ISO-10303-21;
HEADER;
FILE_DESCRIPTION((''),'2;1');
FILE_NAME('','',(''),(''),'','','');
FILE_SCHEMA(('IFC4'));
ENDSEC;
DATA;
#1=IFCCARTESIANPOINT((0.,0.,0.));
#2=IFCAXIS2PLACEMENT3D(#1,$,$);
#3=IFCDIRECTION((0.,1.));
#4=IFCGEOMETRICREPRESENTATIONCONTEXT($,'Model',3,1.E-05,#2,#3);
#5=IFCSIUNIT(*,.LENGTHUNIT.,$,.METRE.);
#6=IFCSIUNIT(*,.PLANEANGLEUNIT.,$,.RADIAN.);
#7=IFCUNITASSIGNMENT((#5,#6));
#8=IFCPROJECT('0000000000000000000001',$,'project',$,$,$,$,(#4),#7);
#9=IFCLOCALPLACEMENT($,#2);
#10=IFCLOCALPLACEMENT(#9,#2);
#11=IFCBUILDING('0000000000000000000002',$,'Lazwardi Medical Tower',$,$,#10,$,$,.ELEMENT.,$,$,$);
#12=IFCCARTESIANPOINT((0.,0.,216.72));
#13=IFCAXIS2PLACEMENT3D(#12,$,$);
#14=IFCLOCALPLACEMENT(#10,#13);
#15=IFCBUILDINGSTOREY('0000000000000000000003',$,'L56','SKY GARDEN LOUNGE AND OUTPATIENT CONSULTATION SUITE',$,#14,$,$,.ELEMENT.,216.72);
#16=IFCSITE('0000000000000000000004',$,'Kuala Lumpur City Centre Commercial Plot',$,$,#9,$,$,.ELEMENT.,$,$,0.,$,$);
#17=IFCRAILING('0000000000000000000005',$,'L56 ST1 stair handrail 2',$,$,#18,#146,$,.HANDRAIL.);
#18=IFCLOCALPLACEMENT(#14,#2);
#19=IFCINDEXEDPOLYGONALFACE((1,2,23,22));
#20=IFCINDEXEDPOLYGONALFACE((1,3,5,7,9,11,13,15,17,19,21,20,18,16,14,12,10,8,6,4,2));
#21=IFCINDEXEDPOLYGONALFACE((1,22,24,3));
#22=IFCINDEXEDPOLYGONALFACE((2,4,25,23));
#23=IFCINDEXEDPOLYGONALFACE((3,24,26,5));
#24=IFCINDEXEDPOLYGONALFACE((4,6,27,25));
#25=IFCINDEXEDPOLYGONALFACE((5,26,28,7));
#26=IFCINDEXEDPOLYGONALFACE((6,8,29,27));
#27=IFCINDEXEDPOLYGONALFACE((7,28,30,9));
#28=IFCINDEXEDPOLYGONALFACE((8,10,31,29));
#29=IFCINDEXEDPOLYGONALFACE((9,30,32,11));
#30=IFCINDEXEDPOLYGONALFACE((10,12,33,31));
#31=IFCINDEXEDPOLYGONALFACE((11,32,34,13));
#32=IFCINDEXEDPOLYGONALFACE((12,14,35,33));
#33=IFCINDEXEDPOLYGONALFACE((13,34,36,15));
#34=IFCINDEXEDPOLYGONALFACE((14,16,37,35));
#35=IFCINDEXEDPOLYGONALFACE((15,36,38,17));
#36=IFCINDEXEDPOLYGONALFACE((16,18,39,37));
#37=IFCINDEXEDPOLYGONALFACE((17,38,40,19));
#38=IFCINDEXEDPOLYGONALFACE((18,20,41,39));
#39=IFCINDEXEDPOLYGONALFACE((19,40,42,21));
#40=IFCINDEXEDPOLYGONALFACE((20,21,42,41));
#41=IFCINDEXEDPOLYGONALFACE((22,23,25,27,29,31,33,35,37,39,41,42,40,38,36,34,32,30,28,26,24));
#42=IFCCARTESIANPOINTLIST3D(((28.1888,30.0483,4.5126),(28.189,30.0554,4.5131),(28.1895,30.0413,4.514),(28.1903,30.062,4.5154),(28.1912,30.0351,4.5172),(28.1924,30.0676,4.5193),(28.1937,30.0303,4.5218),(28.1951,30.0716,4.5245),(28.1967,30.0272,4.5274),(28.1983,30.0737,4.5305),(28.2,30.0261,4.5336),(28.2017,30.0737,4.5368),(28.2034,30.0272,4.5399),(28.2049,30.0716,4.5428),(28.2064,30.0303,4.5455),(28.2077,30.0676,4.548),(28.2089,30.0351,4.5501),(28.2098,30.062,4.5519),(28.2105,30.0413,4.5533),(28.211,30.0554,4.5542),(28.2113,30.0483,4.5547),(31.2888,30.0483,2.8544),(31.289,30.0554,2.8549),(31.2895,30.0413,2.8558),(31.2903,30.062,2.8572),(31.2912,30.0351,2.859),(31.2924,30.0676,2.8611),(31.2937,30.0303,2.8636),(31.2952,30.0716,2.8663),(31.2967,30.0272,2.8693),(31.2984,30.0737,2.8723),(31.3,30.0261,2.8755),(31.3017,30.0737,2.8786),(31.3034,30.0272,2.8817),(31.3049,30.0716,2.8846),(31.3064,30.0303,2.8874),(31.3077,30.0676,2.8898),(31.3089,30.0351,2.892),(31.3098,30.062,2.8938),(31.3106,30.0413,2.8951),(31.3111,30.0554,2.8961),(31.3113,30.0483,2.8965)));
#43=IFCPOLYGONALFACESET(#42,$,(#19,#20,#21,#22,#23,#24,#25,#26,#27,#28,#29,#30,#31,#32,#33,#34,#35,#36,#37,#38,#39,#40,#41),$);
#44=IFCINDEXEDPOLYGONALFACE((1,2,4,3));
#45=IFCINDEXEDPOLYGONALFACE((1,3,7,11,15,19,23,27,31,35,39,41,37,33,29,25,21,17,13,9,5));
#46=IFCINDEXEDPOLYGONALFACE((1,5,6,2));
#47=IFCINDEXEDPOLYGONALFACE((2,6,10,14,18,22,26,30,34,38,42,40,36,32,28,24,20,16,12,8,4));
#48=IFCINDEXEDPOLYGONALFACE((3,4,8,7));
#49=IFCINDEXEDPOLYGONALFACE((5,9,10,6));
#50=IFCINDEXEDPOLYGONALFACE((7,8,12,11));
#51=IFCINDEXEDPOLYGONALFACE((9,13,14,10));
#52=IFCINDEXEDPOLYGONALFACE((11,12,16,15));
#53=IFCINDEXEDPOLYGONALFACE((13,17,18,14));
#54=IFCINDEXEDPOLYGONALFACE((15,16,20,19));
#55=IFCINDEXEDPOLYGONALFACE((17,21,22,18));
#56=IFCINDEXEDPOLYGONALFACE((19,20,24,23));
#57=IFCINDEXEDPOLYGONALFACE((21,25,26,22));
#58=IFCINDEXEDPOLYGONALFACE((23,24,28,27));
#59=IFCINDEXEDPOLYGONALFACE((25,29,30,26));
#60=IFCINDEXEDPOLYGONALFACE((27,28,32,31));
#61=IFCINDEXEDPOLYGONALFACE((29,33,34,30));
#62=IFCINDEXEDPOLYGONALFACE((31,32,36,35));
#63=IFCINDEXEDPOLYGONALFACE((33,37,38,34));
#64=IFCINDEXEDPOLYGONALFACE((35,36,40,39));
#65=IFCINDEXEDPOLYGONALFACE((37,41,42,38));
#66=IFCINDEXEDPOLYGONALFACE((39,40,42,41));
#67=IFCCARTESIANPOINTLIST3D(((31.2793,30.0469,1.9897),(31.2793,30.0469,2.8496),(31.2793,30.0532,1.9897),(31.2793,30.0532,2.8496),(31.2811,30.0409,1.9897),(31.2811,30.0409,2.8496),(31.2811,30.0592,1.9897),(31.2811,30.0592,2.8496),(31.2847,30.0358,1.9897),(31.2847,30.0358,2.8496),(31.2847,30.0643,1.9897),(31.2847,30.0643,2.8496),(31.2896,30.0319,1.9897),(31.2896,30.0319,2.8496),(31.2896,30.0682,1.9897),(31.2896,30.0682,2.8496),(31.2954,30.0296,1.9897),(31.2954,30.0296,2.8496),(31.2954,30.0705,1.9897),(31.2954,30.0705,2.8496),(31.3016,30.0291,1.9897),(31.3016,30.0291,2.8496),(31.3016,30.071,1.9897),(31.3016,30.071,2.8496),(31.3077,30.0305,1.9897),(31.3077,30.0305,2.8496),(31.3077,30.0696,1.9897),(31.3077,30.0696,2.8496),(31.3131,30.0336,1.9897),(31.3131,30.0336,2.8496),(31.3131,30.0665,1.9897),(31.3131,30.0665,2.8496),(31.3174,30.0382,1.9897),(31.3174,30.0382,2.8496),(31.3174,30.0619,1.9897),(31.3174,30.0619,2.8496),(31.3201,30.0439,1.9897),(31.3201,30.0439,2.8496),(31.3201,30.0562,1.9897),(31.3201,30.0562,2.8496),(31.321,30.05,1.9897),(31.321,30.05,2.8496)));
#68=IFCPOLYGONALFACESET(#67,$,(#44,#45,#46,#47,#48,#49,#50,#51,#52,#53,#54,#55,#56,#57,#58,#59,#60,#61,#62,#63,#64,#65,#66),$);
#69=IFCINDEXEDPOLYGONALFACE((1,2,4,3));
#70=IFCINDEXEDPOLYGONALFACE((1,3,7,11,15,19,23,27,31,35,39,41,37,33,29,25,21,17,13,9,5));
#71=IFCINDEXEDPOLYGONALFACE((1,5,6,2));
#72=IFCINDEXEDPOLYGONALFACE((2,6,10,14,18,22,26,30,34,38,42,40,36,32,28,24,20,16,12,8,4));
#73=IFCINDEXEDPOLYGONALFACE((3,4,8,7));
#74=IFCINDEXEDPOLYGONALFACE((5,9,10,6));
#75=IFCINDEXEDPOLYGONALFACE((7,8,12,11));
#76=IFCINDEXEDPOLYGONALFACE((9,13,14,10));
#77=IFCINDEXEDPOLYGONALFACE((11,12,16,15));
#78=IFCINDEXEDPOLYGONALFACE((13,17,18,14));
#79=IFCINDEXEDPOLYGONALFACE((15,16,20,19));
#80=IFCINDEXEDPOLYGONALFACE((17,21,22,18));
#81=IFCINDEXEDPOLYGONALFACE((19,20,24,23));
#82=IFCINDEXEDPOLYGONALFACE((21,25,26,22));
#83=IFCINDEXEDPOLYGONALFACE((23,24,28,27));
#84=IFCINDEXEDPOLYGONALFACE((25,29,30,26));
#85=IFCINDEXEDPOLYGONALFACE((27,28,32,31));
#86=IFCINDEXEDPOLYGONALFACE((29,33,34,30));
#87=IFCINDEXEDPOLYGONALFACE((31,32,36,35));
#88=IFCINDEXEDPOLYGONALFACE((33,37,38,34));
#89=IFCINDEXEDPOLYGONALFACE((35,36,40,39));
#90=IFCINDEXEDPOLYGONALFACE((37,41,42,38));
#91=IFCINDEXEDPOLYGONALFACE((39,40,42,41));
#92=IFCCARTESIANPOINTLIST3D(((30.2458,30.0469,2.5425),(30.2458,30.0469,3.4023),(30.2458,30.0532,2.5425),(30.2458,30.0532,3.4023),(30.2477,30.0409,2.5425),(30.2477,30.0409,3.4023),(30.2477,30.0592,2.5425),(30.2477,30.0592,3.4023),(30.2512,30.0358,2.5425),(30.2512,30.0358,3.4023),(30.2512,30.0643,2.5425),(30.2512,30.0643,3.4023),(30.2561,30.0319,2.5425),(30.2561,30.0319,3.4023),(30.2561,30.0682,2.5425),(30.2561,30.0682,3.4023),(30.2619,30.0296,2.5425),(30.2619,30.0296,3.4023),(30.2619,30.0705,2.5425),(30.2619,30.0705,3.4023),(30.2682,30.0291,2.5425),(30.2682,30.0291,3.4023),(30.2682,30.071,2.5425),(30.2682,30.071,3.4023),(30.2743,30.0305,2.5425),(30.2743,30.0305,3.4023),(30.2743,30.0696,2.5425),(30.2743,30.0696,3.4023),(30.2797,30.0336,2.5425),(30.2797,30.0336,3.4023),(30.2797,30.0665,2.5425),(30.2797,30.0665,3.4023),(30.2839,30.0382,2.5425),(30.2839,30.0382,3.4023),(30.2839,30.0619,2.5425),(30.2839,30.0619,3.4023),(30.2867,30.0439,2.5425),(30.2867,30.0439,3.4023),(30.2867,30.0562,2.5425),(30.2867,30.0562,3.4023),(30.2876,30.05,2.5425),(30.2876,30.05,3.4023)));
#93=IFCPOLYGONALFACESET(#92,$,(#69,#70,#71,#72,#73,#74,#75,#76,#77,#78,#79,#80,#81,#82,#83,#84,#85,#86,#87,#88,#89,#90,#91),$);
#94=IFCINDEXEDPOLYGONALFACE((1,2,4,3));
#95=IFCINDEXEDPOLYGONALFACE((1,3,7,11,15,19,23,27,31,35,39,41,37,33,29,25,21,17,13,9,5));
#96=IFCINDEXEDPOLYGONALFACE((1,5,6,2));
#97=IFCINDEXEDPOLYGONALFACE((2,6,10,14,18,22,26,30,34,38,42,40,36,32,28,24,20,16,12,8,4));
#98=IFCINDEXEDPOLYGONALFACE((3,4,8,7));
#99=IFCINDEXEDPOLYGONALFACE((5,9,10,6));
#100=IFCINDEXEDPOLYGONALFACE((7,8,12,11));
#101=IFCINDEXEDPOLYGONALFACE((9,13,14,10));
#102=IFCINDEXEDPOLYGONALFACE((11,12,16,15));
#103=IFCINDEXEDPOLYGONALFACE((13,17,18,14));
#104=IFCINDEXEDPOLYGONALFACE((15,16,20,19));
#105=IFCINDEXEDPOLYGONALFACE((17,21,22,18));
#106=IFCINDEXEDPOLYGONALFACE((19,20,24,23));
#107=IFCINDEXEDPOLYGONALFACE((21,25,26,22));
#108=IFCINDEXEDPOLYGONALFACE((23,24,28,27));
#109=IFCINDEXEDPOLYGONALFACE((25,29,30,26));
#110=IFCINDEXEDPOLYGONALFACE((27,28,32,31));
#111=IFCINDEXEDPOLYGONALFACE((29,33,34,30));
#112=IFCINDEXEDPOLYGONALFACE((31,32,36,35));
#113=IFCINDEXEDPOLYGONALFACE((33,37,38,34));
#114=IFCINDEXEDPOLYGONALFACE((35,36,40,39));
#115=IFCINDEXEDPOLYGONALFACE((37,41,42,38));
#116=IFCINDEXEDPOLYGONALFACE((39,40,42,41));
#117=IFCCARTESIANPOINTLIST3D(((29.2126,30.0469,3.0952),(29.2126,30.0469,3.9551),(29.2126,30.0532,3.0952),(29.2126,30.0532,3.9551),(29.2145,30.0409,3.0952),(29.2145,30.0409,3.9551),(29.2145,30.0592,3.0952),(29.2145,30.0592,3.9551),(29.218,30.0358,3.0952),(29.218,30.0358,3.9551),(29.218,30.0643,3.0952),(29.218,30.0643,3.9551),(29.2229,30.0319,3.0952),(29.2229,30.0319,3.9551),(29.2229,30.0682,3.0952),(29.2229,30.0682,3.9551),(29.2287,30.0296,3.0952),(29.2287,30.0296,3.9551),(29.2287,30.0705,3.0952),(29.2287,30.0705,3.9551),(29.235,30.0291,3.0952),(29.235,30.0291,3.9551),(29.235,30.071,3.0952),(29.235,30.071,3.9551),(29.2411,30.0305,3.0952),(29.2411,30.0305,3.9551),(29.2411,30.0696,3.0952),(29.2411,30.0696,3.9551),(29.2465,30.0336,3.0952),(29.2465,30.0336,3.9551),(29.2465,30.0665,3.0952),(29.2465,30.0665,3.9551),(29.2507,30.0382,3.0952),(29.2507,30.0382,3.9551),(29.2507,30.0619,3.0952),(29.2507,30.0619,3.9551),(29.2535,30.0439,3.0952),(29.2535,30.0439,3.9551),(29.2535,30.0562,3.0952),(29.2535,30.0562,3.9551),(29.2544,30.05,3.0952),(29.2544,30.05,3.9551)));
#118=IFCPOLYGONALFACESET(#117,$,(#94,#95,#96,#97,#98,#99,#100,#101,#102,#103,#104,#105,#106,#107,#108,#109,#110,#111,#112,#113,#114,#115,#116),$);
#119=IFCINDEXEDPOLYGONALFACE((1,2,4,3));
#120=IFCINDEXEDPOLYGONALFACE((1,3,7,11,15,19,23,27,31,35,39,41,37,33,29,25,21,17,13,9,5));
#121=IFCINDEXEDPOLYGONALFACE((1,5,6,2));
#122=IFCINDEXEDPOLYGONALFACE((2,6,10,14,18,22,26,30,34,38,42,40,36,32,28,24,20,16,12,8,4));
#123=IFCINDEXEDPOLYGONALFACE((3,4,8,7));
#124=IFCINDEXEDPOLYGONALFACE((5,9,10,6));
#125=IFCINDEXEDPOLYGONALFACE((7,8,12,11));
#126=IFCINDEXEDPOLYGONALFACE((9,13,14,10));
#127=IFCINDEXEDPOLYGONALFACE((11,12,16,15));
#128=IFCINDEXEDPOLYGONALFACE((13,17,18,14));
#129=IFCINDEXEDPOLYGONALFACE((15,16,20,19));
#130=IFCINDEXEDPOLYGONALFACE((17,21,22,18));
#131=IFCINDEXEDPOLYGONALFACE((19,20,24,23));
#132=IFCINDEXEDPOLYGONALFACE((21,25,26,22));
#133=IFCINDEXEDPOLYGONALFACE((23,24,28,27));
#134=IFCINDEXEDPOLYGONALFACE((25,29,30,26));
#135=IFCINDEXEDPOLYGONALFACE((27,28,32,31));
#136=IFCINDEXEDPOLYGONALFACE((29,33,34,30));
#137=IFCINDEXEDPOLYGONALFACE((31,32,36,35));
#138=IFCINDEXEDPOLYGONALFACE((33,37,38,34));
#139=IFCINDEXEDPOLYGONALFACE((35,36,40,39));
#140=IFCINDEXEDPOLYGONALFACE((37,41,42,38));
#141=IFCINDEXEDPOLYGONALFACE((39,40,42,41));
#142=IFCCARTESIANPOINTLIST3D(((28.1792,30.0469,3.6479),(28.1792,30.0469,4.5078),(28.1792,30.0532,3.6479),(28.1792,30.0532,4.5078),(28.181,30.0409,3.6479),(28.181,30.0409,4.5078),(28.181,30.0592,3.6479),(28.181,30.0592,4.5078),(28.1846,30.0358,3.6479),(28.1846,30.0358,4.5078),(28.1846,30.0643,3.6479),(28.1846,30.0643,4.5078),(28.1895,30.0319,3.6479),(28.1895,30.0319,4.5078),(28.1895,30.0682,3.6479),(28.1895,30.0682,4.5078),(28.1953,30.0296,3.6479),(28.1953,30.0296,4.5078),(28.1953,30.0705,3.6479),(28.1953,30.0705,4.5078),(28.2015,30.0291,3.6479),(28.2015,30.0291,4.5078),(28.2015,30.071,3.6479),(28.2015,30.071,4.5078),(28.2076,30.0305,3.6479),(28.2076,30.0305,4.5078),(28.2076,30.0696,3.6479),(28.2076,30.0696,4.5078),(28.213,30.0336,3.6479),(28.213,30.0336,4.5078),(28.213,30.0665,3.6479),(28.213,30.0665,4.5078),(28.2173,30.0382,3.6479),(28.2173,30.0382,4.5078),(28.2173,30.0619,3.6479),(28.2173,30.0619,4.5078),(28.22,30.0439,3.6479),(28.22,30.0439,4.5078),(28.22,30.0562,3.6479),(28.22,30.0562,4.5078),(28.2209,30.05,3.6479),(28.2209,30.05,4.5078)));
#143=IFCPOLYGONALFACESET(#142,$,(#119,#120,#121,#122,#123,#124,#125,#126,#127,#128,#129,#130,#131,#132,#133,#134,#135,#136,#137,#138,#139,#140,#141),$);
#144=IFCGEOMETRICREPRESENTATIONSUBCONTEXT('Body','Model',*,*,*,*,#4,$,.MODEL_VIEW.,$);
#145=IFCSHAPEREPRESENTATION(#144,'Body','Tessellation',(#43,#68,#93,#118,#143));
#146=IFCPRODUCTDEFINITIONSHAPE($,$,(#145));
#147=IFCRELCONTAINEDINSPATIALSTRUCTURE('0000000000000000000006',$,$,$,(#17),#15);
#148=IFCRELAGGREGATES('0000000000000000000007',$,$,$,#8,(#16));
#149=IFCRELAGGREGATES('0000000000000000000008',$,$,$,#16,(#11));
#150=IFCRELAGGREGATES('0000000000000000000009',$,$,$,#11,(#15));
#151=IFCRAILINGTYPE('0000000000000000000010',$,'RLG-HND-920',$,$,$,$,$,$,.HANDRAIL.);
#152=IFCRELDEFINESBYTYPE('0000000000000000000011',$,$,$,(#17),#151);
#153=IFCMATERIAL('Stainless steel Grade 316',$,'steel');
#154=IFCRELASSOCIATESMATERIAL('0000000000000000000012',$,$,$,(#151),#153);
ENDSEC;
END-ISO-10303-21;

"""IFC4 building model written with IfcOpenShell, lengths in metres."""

from ifc_helpers import new_model, si_unit, direction, frame, origin, origin_2d, place, context, subcontext, project, spatial, circle, extrude, material, type_object, element, save


model = new_model("IFC4")

# Units and contexts
model_context = context("Model", 3, precision=1e-05, world=origin(), true_north=direction((0.0, 1.0)))
body_context = subcontext(model_context, "Body", "Model", "MODEL_VIEW")
ifc_project = project(units=[si_unit("LENGTHUNIT", "METRE"), si_unit("PLANEANGLEUNIT", "RADIAN")], contexts=[model_context])

# Site, building, storey
site_placement = place(None, origin())
site = spatial("IfcSite", under=ifc_project, at=site_placement, Name="Kuala Lumpur City Centre Commercial Plot", CompositionType="ELEMENT", RefElevation=0.0)
building_placement = place(site_placement, origin())
building = spatial("IfcBuilding", under=site, at=building_placement, Name="Lazwardi Medical Tower", CompositionType="ELEMENT")
storey_placement = place(building_placement, frame((0.0, 0.0, 216.72)))
storey = spatial("IfcBuildingStorey", under=building, at=storey_placement, Name="L56", Description="SKY GARDEN LOUNGE AND OUTPATIENT CONSULTATION SUITE", CompositionType="ELEMENT", Elevation=216.72)

# Railing
ifc_material_1 = material(Name="Stainless steel Grade 316", Category="steel")
railing_type_1 = type_object("IfcRailingType", Name="RLG-HND-920", PredefinedType="HANDRAIL", material=ifc_material_1)
railing_1_placement = place(storey_placement, frame((31.3, 30.05, 1.9897)))
element("IfcRailing", 1, at=railing_1_placement, inside=storey, type_object=railing_type_1, Name="L56 ST1 stair handrail 2", PredefinedType="HANDRAIL", context=body_context, shape_type="SweptSolid", body=[
    extrude(circle(Radius=0.0239, at=origin_2d()), frame((0.0, 0.0, 0.8857), z_axis=(-0.881783, 0.0, 0.471655), x_axis=(0.0, -1.0, 0.0)), (0.0, 0.0, 1.0), 3.5156),
    extrude(circle(Radius=0.021, at=origin_2d()), origin(), (0.0, 0.0, 1.0), 0.8599),
    extrude(circle(Radius=0.021, at=origin_2d()), frame((-1.0334, 0.0, 0.5527)), (0.0, 0.0, 1.0), 0.8599),
    extrude(circle(Radius=0.021, at=origin_2d()), frame((-2.0667, 0.0, 1.1055)), (0.0, 0.0, 1.0), 0.8599),
    extrude(circle(Radius=0.021, at=origin_2d()), frame((-3.1001, 0.0, 1.6582)), (0.0, 0.0, 1.0), 0.8599),
])

save(model, "model.ifc")
